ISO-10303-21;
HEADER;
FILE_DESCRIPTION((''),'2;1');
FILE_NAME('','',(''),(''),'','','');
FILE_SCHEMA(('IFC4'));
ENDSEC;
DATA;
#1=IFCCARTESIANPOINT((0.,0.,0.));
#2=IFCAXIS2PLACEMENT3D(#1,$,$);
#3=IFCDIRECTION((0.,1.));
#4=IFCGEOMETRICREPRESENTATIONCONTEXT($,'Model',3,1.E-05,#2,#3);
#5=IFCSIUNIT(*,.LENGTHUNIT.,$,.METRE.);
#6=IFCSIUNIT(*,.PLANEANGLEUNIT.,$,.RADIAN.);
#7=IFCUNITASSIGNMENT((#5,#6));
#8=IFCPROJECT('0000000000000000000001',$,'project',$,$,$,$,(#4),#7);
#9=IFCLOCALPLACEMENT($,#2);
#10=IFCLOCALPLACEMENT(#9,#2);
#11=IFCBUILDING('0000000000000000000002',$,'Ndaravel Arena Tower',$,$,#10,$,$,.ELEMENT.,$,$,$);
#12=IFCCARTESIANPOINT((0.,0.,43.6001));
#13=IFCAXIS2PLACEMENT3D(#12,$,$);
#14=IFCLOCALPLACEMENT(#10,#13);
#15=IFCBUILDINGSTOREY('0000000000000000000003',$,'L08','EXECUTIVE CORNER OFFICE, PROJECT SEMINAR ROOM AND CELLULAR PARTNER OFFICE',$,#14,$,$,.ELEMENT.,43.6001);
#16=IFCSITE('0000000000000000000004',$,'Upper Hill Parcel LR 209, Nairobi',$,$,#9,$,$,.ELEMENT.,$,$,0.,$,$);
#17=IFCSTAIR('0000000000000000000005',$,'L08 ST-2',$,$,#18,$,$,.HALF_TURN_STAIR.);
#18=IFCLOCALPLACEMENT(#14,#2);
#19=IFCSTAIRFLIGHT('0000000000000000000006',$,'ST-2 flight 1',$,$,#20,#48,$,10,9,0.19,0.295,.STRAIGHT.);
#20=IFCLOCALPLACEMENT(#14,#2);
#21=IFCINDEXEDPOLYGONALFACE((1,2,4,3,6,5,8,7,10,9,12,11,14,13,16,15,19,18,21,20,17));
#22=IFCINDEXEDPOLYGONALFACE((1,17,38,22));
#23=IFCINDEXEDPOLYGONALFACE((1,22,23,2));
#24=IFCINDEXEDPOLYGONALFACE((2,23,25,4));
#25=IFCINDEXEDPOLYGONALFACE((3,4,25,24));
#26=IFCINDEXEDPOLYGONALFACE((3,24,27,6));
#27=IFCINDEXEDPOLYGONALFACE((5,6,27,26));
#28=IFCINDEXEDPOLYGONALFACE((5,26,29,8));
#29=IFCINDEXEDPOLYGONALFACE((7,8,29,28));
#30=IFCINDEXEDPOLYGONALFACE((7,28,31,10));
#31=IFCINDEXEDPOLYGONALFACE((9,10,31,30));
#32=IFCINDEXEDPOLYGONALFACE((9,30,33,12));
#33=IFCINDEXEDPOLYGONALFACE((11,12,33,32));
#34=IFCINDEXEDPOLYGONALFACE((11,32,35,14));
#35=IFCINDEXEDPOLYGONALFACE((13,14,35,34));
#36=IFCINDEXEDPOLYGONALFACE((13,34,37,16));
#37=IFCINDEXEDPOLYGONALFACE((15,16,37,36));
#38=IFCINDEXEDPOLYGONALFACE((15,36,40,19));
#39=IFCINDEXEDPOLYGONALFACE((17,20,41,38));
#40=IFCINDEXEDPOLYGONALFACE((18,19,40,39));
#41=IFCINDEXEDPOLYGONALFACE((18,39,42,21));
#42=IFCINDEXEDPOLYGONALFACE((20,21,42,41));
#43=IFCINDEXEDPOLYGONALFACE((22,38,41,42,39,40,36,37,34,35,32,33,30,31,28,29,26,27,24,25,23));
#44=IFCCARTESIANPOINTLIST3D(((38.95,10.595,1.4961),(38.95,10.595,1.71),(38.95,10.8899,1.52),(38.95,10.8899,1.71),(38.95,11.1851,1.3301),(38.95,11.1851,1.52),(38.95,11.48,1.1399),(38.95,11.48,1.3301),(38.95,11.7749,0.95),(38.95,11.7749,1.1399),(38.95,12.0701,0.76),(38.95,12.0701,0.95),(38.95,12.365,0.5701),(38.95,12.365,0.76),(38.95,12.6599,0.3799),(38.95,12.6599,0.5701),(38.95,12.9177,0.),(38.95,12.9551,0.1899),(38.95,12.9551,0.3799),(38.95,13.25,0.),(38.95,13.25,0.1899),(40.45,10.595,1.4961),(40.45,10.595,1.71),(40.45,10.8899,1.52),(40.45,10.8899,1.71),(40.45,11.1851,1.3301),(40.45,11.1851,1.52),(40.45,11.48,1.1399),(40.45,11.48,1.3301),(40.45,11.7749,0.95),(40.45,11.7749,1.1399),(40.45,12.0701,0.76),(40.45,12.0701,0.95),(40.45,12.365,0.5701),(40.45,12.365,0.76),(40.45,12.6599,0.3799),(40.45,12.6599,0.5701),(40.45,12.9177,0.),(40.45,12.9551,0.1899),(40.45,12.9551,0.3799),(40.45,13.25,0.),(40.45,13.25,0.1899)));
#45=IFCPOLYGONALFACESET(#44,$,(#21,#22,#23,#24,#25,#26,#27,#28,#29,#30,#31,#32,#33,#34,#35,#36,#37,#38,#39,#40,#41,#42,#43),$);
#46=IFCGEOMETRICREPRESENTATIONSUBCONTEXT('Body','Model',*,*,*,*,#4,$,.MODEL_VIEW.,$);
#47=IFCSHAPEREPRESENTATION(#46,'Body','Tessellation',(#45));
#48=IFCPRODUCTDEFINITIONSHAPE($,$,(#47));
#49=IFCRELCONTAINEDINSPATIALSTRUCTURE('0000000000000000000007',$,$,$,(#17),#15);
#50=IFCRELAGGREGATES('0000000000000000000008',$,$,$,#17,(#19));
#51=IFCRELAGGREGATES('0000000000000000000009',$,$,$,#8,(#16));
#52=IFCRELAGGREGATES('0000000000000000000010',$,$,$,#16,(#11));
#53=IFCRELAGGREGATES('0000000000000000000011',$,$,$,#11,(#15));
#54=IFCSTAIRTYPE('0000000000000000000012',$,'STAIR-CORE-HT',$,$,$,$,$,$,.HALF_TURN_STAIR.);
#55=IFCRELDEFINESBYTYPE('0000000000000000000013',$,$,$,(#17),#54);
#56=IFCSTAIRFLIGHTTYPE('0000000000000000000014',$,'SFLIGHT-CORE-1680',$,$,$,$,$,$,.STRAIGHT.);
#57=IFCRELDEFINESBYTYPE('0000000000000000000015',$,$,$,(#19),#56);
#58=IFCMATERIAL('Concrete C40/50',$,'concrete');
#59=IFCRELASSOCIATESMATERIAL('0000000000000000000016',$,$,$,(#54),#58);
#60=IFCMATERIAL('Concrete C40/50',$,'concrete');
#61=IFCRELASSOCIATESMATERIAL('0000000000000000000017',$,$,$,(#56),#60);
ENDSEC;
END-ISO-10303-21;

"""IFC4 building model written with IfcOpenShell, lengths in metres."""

from ifc_helpers import new_model, si_unit, direction, frame, origin, place, context, subcontext, project, spatial, polyline, outline, extrude, material, type_object, element, aggregate, save


model = new_model("IFC4")

# Units and contexts
model_context = context("Model", 3, precision=1e-05, world=origin(), true_north=direction((0.0, 1.0)))
body_context = subcontext(model_context, "Body", "Model", "MODEL_VIEW")
ifc_project = project(units=[si_unit("LENGTHUNIT", "METRE"), si_unit("PLANEANGLEUNIT", "RADIAN")], contexts=[model_context])

# Site, building, storey
site_placement = place(None, origin())
site = spatial("IfcSite", under=ifc_project, at=site_placement, Name="Upper Hill Parcel LR 209, Nairobi", CompositionType="ELEMENT", RefElevation=0.0)
building_placement = place(site_placement, origin())
building = spatial("IfcBuilding", under=site, at=building_placement, Name="Ndaravel Arena Tower", CompositionType="ELEMENT")
storey_placement = place(building_placement, frame((0.0, 0.0, 43.6001)))
storey = spatial("IfcBuildingStorey", under=building, at=storey_placement, Name="L08", Description="EXECUTIVE CORNER OFFICE, PROJECT SEMINAR ROOM AND CELLULAR PARTNER OFFICE", CompositionType="ELEMENT", Elevation=43.6001)

# Stair, stair flight
ifc_material_1 = material(Name="Concrete C40/50", Category="concrete")
stair_type = type_object("IfcStairType", Name="STAIR-CORE-HT", PredefinedType="HALF_TURN_STAIR", material=ifc_material_1)
stair_placement = place(storey_placement, origin())
stair = element("IfcStair", 1, at=stair_placement, inside=storey, type_object=stair_type, Name="L08 ST-2", PredefinedType="HALF_TURN_STAIR")
ifc_material_2 = material(Name="Concrete C40/50", Category="concrete")
stair_flight_type = type_object("IfcStairFlightType", Name="SFLIGHT-CORE-1680", PredefinedType="STRAIGHT", material=ifc_material_2)
stair_flight_placement = place(storey_placement, frame((39.7, 13.25, 0.0), z_axis=(0.0, 0.0, 1.0), x_axis=(0.0, -1.0, 0.0)))
stair_flight = element("IfcStairFlight", 2, at=stair_flight_placement, type_object=stair_flight_type, Name="ST-2 flight 1", NumberOfRisers=10, NumberOfTreads=9, PredefinedType="STRAIGHT", RiserHeight=0.19, TreadLength=0.295, context=body_context, shape_type="SweptSolid", body=[
    extrude(outline(polyline([(0.0, 0.0), (0.0, 0.1899), (0.2949, 0.1899), (0.2949, 0.3799), (0.5901, 0.3799), (0.5901, 0.5701), (0.885, 0.5701), (0.885, 0.76), (1.1799, 0.76), (1.1799, 0.95), (1.4751, 0.95), (1.4751, 1.1399), (1.77, 1.1399), (1.77, 1.3301), (2.0649, 1.3301), (2.0649, 1.52), (2.3601, 1.52), (2.3601, 1.71), (2.655, 1.71), (2.655, 1.8999), (2.655, 1.4961), (0.3323, 0.0), (0.0, 0.0)])), frame((0.0, 0.75, 0.0), z_axis=(0.0, -1.0, 0.0), x_axis=(1.0, 0.0, 0.0)), (0.0, 0.0, 1.0), 1.5),
])
aggregate(stair, [stair_flight])

save(model, "model.ifc")
